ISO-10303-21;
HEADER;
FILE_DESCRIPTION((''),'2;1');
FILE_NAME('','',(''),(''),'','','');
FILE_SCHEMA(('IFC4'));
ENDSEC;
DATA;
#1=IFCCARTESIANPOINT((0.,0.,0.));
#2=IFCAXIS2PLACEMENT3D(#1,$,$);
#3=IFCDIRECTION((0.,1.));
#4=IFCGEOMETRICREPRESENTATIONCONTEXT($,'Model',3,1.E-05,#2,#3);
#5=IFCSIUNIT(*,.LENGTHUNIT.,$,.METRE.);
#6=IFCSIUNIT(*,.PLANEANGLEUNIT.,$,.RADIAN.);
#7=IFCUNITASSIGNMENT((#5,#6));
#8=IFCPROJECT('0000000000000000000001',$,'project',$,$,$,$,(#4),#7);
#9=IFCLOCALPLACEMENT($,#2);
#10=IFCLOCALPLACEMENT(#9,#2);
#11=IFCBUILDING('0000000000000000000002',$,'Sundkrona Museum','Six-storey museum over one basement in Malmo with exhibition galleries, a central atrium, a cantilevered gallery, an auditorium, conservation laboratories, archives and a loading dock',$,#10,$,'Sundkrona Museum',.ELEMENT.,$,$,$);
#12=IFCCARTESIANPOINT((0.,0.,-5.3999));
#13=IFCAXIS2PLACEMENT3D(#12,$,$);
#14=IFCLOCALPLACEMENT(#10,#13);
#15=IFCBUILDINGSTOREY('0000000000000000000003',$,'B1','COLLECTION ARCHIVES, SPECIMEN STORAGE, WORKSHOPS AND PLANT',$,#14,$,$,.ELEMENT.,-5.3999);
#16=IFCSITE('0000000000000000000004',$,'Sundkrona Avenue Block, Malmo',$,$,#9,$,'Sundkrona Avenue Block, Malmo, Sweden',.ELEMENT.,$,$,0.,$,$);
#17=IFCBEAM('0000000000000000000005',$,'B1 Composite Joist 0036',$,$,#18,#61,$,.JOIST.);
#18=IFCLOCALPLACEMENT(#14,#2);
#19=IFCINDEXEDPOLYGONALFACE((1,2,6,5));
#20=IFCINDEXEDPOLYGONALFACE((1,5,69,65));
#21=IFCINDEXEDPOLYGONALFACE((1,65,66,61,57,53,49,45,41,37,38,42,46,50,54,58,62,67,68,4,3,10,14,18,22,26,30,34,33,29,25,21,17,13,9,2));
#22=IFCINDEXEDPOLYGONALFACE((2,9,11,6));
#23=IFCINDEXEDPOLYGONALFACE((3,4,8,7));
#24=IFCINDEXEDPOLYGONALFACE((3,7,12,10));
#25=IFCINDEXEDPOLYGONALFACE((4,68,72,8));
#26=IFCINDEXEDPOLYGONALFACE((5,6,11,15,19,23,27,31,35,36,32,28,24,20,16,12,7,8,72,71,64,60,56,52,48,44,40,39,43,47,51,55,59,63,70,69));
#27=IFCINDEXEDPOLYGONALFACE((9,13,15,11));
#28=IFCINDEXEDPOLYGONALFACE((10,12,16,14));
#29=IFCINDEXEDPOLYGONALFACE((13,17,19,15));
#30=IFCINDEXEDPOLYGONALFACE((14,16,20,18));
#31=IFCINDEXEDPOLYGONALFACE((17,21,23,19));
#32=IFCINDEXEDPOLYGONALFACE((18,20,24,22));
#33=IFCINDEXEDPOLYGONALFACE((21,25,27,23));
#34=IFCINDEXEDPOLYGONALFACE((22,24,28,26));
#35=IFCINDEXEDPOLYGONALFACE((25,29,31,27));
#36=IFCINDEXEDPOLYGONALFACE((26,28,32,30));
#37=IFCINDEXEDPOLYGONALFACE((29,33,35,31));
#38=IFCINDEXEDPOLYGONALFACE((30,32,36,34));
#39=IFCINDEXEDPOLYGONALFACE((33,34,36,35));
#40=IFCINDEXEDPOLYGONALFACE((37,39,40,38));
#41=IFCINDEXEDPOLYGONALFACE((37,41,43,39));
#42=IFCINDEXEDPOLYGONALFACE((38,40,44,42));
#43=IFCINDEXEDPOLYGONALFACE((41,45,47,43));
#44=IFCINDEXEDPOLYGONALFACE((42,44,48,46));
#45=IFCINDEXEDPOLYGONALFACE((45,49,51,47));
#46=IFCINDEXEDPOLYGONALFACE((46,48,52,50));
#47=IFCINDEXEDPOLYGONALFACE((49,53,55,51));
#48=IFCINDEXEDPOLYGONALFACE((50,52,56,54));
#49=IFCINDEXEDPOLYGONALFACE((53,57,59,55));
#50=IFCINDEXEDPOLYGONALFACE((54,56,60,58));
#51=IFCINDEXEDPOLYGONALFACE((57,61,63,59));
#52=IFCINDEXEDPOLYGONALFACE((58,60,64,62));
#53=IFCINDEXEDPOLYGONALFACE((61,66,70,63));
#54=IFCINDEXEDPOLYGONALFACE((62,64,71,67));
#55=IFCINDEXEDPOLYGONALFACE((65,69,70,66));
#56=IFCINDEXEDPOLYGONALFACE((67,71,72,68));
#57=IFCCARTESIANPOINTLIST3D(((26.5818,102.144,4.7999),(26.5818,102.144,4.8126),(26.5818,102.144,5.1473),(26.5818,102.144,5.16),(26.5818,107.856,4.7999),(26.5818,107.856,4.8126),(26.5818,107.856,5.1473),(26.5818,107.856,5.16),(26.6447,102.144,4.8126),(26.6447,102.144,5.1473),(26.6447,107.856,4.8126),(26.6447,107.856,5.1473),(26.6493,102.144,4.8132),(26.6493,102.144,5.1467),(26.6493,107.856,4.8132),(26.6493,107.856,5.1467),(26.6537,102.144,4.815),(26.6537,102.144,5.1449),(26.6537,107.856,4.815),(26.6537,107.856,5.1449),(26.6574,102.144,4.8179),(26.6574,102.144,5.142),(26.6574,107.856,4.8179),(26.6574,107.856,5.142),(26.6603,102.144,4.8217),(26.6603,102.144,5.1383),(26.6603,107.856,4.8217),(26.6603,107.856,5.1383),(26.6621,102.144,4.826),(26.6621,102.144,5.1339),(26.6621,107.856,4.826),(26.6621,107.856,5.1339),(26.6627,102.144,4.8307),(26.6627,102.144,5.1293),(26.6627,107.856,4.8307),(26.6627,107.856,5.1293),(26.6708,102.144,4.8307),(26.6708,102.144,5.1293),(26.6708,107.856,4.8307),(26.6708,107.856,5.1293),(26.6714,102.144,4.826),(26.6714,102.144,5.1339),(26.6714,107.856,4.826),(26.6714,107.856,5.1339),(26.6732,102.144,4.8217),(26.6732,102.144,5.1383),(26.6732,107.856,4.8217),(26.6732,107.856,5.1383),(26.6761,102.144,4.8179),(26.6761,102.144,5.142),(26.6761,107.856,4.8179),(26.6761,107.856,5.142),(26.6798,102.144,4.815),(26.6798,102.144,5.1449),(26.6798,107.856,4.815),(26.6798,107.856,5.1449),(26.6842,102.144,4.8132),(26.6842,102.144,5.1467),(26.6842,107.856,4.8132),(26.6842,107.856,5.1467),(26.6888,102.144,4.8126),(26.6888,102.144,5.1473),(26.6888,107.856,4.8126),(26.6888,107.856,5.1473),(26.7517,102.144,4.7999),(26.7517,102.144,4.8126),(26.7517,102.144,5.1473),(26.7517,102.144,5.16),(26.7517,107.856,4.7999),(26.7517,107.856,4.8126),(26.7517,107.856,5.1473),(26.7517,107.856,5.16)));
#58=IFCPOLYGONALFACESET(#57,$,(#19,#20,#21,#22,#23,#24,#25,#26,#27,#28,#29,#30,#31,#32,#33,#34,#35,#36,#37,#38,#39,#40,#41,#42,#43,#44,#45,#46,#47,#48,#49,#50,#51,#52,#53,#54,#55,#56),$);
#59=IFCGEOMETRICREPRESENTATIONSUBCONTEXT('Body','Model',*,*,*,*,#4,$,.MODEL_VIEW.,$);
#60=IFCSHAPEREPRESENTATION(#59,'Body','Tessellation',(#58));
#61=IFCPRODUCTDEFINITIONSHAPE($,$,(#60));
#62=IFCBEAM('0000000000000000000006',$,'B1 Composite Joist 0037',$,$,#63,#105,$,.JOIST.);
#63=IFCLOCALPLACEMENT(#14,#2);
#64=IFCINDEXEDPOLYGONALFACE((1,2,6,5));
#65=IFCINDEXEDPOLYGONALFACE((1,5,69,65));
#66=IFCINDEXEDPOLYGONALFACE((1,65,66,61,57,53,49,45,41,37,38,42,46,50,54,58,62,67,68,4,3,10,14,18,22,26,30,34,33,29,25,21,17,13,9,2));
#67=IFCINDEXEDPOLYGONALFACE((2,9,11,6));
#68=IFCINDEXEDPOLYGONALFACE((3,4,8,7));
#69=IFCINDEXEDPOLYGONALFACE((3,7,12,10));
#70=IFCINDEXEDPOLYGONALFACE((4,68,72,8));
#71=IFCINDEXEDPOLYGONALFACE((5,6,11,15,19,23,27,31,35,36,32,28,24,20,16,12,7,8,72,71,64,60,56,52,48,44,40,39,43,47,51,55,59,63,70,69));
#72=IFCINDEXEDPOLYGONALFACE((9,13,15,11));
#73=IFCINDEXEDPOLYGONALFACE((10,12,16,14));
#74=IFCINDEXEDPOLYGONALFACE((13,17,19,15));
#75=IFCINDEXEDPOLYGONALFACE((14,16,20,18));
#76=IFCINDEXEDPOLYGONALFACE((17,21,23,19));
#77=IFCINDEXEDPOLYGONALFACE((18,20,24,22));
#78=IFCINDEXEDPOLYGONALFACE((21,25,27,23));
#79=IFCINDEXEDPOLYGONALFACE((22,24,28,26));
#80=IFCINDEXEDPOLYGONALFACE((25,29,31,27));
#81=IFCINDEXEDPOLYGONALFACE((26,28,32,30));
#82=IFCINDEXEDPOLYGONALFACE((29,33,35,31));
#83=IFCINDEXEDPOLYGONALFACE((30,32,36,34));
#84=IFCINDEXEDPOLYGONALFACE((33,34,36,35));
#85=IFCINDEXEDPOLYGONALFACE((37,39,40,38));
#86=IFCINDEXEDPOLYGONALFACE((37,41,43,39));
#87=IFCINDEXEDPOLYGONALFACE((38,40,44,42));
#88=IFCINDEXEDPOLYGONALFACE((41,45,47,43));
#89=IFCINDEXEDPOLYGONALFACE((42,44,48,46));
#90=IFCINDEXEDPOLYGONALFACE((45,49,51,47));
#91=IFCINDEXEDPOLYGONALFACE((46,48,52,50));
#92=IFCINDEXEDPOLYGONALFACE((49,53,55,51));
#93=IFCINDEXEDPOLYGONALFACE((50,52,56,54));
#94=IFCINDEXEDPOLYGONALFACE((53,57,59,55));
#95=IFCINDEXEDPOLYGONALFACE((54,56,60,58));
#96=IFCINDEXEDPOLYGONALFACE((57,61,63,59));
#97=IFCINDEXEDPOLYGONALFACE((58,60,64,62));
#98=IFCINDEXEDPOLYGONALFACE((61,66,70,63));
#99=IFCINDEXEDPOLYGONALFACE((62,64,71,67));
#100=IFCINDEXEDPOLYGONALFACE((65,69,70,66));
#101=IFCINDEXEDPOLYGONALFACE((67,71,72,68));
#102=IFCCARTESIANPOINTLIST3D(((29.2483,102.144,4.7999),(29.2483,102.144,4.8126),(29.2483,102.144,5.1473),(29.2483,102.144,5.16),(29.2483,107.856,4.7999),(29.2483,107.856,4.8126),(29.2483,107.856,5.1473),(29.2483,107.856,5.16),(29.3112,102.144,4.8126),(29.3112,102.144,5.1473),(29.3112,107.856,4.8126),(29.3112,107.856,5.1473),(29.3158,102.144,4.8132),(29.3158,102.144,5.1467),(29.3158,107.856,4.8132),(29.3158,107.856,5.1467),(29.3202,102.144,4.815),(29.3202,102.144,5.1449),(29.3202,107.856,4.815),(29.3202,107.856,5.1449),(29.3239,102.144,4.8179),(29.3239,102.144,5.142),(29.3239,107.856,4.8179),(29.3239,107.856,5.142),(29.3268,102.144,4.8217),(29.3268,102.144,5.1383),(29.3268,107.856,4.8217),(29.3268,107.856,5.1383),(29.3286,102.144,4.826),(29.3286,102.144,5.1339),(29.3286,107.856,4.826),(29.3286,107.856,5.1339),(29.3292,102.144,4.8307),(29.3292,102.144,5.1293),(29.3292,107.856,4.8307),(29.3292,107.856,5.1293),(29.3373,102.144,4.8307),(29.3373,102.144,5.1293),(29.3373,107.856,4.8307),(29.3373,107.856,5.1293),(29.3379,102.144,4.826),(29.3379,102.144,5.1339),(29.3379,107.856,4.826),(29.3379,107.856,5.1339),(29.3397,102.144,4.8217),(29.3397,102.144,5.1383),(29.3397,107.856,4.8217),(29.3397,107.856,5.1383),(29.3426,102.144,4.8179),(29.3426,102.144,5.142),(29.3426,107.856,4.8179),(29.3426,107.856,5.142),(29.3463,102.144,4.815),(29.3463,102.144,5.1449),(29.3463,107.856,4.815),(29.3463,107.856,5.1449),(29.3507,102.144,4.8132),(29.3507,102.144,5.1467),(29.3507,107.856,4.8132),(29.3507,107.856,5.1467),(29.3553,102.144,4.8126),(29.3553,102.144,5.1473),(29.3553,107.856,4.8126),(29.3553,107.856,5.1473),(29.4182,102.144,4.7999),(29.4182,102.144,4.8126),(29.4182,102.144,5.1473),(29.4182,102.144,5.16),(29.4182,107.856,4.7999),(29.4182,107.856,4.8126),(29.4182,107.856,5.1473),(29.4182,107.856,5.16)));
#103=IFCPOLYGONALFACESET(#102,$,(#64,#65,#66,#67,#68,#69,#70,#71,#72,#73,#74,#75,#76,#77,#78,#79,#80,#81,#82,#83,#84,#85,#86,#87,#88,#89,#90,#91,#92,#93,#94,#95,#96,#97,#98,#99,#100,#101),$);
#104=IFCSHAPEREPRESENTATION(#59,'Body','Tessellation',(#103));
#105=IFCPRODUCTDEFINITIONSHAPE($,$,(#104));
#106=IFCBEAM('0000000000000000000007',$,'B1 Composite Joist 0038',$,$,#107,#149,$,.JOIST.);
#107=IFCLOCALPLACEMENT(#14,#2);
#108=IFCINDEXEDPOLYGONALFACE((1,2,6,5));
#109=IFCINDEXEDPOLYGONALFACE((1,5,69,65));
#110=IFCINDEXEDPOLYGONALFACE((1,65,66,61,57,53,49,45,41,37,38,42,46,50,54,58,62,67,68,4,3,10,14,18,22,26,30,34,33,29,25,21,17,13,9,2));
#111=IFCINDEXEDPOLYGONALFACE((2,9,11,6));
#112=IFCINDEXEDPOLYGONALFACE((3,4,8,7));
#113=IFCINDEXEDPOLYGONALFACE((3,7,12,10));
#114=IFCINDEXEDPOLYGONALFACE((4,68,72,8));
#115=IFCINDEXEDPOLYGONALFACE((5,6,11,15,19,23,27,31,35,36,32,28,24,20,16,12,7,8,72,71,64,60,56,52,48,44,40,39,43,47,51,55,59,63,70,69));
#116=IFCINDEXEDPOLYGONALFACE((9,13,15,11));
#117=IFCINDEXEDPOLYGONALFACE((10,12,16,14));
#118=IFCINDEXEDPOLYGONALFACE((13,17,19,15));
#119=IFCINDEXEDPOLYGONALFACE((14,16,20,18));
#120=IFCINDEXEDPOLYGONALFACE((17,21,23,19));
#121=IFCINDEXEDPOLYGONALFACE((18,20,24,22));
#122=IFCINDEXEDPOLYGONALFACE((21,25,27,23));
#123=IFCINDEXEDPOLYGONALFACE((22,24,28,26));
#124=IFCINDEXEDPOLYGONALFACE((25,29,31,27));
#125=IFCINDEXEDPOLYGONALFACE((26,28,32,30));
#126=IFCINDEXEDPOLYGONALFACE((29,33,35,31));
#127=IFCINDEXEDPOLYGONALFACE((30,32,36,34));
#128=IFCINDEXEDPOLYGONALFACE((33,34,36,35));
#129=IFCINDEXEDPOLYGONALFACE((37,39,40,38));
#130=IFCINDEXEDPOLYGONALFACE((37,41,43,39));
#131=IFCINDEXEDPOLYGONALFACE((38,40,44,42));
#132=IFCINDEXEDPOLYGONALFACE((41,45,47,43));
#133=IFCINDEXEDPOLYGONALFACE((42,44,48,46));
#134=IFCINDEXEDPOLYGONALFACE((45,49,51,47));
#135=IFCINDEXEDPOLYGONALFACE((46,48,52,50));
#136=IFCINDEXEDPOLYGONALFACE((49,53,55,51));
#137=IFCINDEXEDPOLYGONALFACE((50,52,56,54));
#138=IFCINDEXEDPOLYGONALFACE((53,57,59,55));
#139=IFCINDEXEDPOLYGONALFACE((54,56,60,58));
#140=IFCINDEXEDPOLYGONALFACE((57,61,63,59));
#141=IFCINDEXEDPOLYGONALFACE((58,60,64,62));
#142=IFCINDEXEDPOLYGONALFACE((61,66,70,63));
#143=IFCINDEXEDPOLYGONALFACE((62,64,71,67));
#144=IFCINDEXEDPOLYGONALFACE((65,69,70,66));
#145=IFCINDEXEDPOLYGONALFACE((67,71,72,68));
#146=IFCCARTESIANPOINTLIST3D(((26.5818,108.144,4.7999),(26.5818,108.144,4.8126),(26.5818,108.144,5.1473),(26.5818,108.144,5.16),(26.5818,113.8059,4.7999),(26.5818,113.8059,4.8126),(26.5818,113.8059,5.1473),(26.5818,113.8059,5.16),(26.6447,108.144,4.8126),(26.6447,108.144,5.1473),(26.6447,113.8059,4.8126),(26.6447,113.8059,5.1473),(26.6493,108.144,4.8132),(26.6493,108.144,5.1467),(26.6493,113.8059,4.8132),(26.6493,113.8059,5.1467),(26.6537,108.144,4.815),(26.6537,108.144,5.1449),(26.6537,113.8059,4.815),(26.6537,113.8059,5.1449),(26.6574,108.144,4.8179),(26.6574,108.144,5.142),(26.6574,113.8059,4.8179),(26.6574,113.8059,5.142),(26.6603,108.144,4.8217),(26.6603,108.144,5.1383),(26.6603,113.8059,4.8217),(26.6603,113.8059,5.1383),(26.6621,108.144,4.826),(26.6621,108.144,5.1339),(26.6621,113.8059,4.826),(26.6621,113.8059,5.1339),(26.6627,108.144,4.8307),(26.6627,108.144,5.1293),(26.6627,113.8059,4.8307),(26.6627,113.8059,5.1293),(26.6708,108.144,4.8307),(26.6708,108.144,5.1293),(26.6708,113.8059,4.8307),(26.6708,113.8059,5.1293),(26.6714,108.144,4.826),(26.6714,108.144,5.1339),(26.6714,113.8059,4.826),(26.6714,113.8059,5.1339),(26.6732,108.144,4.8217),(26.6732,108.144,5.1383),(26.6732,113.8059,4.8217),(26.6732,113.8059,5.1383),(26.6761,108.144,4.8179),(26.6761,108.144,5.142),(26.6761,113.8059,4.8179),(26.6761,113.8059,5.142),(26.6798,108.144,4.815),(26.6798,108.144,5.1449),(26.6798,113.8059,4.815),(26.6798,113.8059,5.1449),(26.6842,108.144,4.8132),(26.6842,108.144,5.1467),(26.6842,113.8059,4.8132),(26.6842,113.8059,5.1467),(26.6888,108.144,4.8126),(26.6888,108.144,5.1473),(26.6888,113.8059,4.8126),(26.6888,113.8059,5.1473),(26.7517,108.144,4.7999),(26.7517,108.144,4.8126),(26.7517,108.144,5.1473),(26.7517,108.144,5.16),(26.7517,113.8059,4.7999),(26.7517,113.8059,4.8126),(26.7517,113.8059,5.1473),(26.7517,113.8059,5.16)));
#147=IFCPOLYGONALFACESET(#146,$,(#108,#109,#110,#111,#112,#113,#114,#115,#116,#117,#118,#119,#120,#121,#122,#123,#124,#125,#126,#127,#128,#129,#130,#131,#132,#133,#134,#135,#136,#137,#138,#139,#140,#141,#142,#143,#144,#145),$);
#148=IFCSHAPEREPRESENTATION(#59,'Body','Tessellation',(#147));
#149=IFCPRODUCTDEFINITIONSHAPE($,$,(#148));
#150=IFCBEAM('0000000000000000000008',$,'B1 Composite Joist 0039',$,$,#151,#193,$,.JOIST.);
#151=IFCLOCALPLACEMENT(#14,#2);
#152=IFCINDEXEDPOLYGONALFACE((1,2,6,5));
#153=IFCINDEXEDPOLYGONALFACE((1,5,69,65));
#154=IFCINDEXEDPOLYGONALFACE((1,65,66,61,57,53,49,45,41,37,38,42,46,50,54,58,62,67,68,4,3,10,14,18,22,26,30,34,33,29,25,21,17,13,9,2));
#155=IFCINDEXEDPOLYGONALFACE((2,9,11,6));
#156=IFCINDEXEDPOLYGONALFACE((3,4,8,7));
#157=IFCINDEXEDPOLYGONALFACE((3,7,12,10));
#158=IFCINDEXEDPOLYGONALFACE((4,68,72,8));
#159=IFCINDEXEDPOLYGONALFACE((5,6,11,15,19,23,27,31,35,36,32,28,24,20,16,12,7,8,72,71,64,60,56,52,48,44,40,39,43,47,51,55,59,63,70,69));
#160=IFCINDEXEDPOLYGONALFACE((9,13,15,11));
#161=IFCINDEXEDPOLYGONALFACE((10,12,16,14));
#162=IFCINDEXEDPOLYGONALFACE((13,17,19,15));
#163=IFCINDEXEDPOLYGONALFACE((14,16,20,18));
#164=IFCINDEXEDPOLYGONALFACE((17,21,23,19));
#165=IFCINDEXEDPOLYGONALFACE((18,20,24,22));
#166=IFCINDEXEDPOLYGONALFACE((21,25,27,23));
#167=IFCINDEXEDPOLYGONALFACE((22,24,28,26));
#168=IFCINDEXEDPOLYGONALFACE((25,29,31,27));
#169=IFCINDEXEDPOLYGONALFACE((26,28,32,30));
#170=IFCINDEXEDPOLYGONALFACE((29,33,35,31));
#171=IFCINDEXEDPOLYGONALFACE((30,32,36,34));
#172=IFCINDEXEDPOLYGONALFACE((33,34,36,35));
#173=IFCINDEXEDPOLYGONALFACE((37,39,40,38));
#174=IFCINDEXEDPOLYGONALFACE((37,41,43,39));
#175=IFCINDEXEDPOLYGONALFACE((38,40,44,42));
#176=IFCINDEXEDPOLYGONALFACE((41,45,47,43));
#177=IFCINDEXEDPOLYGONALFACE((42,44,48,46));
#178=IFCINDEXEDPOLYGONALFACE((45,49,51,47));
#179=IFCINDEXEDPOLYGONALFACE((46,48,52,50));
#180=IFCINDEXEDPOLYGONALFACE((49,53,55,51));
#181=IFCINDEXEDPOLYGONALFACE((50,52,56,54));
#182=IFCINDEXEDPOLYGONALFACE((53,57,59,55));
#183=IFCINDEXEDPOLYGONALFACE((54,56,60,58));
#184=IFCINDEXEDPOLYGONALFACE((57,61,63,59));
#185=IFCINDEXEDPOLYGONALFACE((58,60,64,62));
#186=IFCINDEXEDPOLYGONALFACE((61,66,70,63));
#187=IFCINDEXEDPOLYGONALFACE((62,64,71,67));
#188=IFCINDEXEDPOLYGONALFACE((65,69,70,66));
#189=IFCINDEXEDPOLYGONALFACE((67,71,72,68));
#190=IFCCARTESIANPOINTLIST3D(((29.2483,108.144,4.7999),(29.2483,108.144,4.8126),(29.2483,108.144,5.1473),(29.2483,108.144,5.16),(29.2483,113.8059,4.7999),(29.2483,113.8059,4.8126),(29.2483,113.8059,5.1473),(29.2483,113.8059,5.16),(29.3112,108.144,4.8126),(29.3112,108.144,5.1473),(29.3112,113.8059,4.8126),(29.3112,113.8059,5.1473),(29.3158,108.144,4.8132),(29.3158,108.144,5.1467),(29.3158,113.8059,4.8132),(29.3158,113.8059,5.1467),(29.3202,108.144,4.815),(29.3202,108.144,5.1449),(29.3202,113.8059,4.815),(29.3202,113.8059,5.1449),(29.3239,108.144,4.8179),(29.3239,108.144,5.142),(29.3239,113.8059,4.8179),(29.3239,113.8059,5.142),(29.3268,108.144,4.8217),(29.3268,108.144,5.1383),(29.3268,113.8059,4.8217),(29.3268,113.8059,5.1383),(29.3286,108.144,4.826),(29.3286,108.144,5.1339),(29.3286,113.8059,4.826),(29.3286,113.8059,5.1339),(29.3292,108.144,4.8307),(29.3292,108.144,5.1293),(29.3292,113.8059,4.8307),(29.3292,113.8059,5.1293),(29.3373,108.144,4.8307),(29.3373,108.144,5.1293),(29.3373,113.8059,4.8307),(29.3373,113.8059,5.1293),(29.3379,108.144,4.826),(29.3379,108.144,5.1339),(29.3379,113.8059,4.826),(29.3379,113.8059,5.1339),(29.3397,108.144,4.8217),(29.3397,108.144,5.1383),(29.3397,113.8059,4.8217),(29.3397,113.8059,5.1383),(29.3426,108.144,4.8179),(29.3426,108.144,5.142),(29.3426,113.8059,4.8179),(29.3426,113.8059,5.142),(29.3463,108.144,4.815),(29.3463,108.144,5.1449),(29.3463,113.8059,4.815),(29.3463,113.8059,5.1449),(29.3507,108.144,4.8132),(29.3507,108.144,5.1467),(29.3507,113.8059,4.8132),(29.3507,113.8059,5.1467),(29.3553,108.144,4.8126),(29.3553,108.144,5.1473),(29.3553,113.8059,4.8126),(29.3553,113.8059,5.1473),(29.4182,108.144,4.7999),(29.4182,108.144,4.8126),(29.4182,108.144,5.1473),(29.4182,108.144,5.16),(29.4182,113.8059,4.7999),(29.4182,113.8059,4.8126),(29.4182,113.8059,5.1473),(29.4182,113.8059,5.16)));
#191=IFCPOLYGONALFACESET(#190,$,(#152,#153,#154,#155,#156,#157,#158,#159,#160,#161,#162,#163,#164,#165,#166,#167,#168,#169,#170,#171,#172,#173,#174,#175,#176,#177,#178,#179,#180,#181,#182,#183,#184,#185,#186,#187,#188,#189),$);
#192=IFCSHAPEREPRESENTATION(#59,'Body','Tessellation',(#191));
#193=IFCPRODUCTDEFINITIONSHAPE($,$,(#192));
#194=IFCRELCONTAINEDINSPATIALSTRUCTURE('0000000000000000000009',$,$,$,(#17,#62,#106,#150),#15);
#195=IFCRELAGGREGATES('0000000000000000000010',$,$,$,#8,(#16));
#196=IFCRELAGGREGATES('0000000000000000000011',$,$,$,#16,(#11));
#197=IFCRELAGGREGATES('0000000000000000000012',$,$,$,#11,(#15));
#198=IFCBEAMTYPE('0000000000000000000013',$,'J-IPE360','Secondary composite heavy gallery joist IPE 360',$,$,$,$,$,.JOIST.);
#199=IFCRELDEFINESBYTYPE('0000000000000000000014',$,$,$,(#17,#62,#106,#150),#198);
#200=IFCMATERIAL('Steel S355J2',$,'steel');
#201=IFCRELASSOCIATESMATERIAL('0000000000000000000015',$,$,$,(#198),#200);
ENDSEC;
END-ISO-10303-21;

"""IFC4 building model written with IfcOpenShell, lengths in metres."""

from ifc_helpers import new_model, si_unit, direction, frame, origin, origin_2d, place, context, subcontext, project, spatial, i_section, extrude, material, material_profile, profile_set, type_object, element, save


model = new_model("IFC4")

# Units and contexts
model_context = context("Model", 3, precision=1e-05, world=origin(), true_north=direction((0.0, 1.0)))
body_context = subcontext(model_context, "Body", "Model", "MODEL_VIEW")
ifc_project = project(units=[si_unit("LENGTHUNIT", "METRE"), si_unit("PLANEANGLEUNIT", "RADIAN")], contexts=[model_context])

# Site, building, storey
site_placement = place(None, origin())
site = spatial("IfcSite", under=ifc_project, at=site_placement, Name="Sundkrona Avenue Block, Malmo", LongName="Sundkrona Avenue Block, Malmo, Sweden", CompositionType="ELEMENT", RefElevation=0.0)
building_placement = place(site_placement, origin())
building = spatial("IfcBuilding", under=site, at=building_placement, Name="Sundkrona Museum", Description="Six-storey museum over one basement in Malmo with exhibition galleries, a central atrium, a cantilevered gallery, an auditorium, conservation laboratories, archives and a loading dock", LongName="Sundkrona Museum", CompositionType="ELEMENT")
storey_placement = place(building_placement, frame((0.0, 0.0, -5.3999)))
storey = spatial("IfcBuildingStorey", under=building, at=storey_placement, Name="B1", Description="COLLECTION ARCHIVES, SPECIMEN STORAGE, WORKSHOPS AND PLANT", CompositionType="ELEMENT", Elevation=-5.3999)

# Beams
ifc_material_1 = material(Name="Steel S355J2", Category="steel")
ifc_material_profile_1 = material_profile(ifc_material_1, i_section(OverallWidth=0.1699, OverallDepth=0.3601, WebThickness=0.0081, FlangeThickness=0.0127, FilletRadius=0.0181, at=origin_2d()), Name="IPE 360")
ifc_profile_set_1 = profile_set([ifc_material_profile_1], Name="Steel S355J2")
beam_type_1 = type_object("IfcBeamType", Name="J-IPE360", Description="Secondary composite heavy gallery joist IPE 360", PredefinedType="JOIST", material=ifc_profile_set_1)
for number, where, z_axis, x_axis, name in (
    (1, (26.6667, 102.144, 4.98), (0.0, 1.0, 0.0), (-1.0, 0.0, 0.0), "B1 Composite Joist 0036"),
    (2, (29.3333, 102.144, 4.98), (0.0, 1.0, 0.0), (-1.0, 0.0, 0.0), "B1 Composite Joist 0037"),
):
    element("IfcBeam", number, at=place(storey_placement, frame(where, z_axis=z_axis, x_axis=x_axis)), inside=storey, type_object=beam_type_1, Name=name, PredefinedType="JOIST", context=body_context, shape_type="SweptSolid", body=[
        extrude(i_section(OverallWidth=0.1699, OverallDepth=0.3601, WebThickness=0.0081, FlangeThickness=0.0127, FilletRadius=0.0181, at=origin_2d()), origin(), (0.0, 0.0, 1.0), 5.7119),
    ])
for number, where, z_axis, x_axis, name in (
    (3, (26.6667, 108.144, 4.98), (0.0, 1.0, 0.0), (-1.0, 0.0, 0.0), "B1 Composite Joist 0038"),
    (4, (29.3333, 108.144, 4.98), (0.0, 1.0, 0.0), (-1.0, 0.0, 0.0), "B1 Composite Joist 0039"),
):
    element("IfcBeam", number, at=place(storey_placement, frame(where, z_axis=z_axis, x_axis=x_axis)), inside=storey, type_object=beam_type_1, Name=name, PredefinedType="JOIST", context=body_context, shape_type="SweptSolid", body=[
        extrude(i_section(OverallWidth=0.1699, OverallDepth=0.3601, WebThickness=0.0081, FlangeThickness=0.0127, FilletRadius=0.0181, at=origin_2d()), origin(), (0.0, 0.0, 1.0), 5.6619),
    ])

save(model, "model.ifc")
